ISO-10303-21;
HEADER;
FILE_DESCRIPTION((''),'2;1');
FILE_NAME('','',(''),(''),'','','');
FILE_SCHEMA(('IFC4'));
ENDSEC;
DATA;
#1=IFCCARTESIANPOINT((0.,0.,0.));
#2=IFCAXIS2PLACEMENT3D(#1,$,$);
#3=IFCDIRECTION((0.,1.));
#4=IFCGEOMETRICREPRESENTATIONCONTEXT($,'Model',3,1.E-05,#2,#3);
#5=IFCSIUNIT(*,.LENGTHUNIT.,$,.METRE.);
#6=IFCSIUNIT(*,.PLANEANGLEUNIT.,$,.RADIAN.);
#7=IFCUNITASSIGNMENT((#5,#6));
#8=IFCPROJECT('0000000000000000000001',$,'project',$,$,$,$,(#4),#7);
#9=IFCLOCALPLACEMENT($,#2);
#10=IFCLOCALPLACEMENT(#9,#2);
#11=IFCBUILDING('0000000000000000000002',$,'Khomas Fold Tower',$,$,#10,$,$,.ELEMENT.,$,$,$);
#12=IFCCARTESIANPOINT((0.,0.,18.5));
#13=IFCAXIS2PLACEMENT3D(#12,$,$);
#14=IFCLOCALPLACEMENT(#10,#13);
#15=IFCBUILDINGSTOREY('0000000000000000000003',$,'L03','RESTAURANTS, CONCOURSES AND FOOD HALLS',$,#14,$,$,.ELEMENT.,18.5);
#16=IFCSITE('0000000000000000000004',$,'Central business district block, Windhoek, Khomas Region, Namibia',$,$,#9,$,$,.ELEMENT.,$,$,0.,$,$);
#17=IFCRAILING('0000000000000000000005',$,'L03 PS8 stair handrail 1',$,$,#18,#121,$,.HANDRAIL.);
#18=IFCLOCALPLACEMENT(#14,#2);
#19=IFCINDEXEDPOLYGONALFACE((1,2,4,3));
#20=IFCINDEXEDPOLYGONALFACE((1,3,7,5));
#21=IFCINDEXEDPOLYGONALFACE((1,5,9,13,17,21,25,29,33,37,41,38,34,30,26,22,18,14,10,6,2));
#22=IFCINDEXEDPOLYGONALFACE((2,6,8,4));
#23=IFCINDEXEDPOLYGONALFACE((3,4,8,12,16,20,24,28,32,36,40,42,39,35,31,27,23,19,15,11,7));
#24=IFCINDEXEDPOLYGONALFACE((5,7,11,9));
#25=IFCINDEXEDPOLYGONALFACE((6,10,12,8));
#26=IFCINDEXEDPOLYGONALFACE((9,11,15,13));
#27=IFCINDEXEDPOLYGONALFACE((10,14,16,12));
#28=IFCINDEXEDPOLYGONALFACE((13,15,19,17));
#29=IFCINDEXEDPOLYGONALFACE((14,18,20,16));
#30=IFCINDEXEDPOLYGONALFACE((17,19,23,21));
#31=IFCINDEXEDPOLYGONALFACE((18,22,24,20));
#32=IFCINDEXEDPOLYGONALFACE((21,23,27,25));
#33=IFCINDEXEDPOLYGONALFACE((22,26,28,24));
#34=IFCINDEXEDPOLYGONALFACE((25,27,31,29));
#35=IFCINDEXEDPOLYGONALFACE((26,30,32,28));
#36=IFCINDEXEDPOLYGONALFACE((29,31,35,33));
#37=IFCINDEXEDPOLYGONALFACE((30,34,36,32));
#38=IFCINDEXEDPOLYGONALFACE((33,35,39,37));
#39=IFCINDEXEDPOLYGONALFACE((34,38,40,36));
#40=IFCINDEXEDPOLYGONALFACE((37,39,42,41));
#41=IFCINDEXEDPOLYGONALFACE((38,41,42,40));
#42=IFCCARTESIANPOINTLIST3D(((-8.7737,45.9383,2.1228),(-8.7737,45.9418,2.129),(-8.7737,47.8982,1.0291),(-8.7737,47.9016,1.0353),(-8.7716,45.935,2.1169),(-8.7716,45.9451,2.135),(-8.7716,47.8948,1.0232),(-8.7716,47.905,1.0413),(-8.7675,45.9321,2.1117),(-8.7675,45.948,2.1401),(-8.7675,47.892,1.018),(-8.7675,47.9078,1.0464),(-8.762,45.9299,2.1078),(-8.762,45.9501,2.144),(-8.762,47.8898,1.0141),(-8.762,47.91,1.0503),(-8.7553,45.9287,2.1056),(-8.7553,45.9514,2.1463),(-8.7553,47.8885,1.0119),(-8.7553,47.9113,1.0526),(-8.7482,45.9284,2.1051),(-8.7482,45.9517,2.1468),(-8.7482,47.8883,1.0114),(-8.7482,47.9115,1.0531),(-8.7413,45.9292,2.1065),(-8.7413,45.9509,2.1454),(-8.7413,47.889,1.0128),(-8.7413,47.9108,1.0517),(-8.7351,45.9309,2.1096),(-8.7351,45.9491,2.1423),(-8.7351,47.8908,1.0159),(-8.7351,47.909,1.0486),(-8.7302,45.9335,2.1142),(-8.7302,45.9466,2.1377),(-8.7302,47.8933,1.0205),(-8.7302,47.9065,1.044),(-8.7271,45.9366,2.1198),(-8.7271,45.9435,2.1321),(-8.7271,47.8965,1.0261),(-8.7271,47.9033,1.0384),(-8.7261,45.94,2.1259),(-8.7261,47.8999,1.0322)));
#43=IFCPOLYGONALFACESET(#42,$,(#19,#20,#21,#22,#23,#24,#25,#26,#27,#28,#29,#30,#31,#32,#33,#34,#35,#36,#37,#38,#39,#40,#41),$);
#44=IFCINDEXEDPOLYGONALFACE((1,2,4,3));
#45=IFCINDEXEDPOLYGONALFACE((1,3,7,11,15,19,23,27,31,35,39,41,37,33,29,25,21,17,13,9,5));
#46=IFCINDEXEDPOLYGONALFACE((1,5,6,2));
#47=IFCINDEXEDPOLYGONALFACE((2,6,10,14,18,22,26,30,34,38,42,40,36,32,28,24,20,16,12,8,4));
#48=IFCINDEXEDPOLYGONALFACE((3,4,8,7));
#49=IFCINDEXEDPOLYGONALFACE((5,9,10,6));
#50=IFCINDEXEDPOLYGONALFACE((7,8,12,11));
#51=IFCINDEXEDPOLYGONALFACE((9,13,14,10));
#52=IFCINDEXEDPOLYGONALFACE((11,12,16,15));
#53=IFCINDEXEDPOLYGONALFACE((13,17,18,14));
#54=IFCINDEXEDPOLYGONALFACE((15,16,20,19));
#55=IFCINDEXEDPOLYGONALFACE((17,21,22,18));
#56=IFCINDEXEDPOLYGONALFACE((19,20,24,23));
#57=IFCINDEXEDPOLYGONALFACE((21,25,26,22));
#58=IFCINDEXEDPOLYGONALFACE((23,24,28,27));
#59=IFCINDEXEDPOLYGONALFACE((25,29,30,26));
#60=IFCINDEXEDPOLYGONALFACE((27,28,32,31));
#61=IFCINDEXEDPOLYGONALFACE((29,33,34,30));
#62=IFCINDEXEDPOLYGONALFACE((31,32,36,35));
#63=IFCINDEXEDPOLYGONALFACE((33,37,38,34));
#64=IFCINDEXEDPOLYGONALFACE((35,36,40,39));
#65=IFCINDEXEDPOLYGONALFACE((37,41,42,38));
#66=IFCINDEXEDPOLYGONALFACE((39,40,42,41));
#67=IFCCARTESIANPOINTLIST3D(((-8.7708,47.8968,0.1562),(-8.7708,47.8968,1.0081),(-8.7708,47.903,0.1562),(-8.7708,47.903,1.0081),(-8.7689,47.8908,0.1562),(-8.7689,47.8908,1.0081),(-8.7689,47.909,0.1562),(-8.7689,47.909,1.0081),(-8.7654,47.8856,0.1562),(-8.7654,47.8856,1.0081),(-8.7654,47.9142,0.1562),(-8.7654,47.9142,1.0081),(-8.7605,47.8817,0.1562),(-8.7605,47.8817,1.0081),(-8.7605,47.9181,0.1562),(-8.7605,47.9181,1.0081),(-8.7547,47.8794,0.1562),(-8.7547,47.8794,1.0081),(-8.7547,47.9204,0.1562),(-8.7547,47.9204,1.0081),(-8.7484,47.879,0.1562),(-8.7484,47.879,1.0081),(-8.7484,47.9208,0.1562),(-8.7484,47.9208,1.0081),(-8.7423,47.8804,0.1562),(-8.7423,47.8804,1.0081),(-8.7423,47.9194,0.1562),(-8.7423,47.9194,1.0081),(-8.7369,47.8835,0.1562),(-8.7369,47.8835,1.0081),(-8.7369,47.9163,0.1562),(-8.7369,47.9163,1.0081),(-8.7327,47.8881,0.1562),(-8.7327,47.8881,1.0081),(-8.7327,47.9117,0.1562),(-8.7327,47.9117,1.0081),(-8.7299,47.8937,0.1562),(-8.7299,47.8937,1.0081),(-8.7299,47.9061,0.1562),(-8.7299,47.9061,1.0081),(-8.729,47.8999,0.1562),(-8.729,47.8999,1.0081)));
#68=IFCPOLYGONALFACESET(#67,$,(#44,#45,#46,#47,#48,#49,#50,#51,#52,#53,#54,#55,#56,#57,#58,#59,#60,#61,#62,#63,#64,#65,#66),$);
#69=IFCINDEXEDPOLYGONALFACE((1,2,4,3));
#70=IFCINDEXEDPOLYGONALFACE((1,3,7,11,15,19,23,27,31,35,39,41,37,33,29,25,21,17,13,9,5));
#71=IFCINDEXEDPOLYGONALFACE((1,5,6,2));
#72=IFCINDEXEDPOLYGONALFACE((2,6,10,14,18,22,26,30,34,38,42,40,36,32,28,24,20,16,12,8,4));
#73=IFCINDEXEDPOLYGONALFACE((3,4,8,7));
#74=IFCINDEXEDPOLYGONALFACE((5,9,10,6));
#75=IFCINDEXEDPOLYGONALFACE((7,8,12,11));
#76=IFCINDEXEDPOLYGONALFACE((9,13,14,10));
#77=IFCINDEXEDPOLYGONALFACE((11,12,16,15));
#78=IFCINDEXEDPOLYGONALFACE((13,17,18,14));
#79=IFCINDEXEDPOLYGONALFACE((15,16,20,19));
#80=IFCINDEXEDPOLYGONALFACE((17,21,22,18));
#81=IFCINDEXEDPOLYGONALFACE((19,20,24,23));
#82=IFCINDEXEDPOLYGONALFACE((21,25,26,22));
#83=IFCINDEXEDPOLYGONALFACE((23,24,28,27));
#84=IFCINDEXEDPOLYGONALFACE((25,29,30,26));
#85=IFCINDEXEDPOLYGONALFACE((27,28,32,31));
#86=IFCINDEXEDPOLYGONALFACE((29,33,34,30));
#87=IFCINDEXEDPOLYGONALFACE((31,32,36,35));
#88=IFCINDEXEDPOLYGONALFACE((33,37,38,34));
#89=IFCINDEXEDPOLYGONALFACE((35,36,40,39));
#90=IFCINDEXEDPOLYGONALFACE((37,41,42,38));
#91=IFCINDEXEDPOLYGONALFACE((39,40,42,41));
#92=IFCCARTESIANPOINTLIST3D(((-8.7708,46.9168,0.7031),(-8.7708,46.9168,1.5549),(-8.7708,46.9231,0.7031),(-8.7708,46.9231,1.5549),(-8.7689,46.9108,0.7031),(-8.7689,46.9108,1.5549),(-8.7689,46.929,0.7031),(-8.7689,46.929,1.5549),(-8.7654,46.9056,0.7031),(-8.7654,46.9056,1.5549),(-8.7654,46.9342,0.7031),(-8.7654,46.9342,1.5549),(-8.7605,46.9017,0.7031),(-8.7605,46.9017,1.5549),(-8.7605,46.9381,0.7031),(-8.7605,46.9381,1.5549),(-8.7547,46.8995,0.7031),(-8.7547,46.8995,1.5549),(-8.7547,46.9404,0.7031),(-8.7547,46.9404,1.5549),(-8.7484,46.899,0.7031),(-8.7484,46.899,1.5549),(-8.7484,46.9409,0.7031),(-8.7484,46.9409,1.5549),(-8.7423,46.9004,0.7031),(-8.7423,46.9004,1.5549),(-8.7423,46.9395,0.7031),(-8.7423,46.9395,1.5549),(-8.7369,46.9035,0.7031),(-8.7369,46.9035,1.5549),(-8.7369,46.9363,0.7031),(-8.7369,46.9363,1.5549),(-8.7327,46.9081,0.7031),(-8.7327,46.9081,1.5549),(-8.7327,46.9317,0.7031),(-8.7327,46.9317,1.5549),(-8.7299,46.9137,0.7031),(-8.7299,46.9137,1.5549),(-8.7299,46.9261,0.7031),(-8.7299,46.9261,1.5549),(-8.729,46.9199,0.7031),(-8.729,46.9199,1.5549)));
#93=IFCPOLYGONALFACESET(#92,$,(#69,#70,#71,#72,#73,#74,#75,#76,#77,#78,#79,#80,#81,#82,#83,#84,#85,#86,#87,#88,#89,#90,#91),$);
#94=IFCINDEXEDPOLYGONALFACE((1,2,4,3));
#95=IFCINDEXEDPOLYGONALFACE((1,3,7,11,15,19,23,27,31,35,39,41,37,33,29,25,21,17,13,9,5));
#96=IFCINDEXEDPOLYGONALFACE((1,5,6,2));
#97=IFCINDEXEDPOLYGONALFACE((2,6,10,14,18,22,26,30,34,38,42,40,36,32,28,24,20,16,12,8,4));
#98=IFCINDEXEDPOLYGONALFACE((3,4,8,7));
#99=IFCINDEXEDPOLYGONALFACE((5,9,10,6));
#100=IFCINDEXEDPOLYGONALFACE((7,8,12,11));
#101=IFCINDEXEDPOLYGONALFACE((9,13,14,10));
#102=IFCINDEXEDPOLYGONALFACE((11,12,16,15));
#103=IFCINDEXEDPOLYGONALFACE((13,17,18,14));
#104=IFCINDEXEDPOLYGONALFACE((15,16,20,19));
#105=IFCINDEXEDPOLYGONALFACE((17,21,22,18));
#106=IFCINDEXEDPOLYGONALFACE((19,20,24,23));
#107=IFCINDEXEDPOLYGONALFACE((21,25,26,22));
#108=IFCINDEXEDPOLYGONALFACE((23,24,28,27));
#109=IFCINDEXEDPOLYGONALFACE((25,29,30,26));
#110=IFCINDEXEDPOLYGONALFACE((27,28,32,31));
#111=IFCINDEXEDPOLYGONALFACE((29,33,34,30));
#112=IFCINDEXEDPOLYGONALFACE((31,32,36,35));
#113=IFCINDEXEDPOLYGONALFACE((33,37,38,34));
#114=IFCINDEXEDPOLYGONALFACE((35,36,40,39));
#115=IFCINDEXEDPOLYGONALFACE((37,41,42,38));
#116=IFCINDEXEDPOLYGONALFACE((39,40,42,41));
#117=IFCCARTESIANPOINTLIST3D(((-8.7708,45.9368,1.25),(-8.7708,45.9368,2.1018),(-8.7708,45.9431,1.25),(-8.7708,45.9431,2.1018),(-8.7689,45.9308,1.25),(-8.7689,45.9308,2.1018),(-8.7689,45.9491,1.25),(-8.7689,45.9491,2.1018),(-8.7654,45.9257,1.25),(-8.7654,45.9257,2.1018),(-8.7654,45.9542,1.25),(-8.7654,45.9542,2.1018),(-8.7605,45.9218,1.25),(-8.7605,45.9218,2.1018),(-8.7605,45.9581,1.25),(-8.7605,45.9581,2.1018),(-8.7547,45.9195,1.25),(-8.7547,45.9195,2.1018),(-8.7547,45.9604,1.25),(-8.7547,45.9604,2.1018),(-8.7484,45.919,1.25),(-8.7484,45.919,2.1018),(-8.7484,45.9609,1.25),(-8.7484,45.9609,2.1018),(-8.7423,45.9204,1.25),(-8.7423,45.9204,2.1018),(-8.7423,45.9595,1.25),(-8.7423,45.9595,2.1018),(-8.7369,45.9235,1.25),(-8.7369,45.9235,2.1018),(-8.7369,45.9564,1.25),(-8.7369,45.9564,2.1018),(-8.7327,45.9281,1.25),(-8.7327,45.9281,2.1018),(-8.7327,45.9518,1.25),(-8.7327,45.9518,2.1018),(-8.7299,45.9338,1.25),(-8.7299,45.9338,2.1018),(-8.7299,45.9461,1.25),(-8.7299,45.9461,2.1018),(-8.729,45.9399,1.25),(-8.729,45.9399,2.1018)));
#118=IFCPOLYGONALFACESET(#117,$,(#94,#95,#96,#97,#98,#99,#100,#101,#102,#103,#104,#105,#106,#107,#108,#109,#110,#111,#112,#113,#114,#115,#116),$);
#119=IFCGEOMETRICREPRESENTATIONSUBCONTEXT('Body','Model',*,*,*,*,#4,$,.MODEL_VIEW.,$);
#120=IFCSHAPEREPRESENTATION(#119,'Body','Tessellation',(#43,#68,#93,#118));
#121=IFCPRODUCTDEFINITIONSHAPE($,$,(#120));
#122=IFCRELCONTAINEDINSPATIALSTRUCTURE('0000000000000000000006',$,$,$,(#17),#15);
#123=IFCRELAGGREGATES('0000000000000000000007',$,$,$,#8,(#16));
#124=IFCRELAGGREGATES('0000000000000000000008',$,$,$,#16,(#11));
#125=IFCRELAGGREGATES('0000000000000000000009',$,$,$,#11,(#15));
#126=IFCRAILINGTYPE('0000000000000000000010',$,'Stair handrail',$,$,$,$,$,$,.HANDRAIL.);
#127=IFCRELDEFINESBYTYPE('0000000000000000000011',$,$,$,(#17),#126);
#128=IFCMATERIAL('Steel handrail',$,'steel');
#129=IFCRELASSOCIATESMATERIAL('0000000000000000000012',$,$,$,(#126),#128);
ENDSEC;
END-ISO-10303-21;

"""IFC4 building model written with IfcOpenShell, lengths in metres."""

from ifc_helpers import new_model, si_unit, direction, frame, origin, origin_2d, place, context, subcontext, project, spatial, circle, extrude, source, transform, mapped, material, type_object, element, save


model = new_model("IFC4")

# Units and contexts
model_context = context("Model", 3, precision=1e-05, world=origin(), true_north=direction((0.0, 1.0)))
body_context = subcontext(model_context, "Body", "Model", "MODEL_VIEW")
ifc_project = project(units=[si_unit("LENGTHUNIT", "METRE"), si_unit("PLANEANGLEUNIT", "RADIAN")], contexts=[model_context])

# Site, building, storey
site_placement = place(None, origin())
site = spatial("IfcSite", under=ifc_project, at=site_placement, Name="Central business district block, Windhoek, Khomas Region, Namibia", CompositionType="ELEMENT", RefElevation=0.0)
building_placement = place(site_placement, origin())
building = spatial("IfcBuilding", under=site, at=building_placement, Name="Khomas Fold Tower", CompositionType="ELEMENT")
storey_placement = place(building_placement, frame((0.0, 0.0, 18.5)))
storey = spatial("IfcBuildingStorey", under=building, at=storey_placement, Name="L03", Description="RESTAURANTS, CONCOURSES AND FOOD HALLS", CompositionType="ELEMENT", Elevation=18.5)

# Railing
ifc_material_1 = material(Name="Steel handrail", Category="steel")
railing_type_1 = type_object("IfcRailingType", Name="Stair handrail", PredefinedType="HANDRAIL", material=ifc_material_1)
shared_shape_1 = source(origin(), body_context, "Body", "SweptSolid", [
    extrude(circle(Radius=0.0239, at=origin_2d()), frame((0.0, 0.0, 0.876), z_axis=(0.0, -0.873232, 0.487304), x_axis=(1.0, 0.0, 0.0)), (0.0, 0.0, 1.0), 2.2444),
    extrude(circle(Radius=0.021, at=origin_2d()), origin(), (0.0, 0.0, 1.0), 0.8518),
    extrude(circle(Radius=0.021, at=origin_2d()), frame((0.0, -0.98, 0.5469)), (0.0, 0.0, 1.0), 0.8518),
    extrude(circle(Radius=0.021, at=origin_2d()), frame((0.0, -1.96, 1.0938)), (0.0, 0.0, 1.0), 0.8518),
])
for number, where, name in (
    (1, (-8.75, 47.8999, 0.1562), "L03 PS8 stair handrail 1"),
):
    element("IfcRailing", number, at=place(storey_placement, frame(where)), inside=storey, type_object=railing_type_1, Name=name, PredefinedType="HANDRAIL", context=body_context, shape_type="MappedRepresentation", body=[
        mapped(shared_shape_1, transform((0.0, 0.0, 0.0))),
    ])

save(model, "model.ifc")
